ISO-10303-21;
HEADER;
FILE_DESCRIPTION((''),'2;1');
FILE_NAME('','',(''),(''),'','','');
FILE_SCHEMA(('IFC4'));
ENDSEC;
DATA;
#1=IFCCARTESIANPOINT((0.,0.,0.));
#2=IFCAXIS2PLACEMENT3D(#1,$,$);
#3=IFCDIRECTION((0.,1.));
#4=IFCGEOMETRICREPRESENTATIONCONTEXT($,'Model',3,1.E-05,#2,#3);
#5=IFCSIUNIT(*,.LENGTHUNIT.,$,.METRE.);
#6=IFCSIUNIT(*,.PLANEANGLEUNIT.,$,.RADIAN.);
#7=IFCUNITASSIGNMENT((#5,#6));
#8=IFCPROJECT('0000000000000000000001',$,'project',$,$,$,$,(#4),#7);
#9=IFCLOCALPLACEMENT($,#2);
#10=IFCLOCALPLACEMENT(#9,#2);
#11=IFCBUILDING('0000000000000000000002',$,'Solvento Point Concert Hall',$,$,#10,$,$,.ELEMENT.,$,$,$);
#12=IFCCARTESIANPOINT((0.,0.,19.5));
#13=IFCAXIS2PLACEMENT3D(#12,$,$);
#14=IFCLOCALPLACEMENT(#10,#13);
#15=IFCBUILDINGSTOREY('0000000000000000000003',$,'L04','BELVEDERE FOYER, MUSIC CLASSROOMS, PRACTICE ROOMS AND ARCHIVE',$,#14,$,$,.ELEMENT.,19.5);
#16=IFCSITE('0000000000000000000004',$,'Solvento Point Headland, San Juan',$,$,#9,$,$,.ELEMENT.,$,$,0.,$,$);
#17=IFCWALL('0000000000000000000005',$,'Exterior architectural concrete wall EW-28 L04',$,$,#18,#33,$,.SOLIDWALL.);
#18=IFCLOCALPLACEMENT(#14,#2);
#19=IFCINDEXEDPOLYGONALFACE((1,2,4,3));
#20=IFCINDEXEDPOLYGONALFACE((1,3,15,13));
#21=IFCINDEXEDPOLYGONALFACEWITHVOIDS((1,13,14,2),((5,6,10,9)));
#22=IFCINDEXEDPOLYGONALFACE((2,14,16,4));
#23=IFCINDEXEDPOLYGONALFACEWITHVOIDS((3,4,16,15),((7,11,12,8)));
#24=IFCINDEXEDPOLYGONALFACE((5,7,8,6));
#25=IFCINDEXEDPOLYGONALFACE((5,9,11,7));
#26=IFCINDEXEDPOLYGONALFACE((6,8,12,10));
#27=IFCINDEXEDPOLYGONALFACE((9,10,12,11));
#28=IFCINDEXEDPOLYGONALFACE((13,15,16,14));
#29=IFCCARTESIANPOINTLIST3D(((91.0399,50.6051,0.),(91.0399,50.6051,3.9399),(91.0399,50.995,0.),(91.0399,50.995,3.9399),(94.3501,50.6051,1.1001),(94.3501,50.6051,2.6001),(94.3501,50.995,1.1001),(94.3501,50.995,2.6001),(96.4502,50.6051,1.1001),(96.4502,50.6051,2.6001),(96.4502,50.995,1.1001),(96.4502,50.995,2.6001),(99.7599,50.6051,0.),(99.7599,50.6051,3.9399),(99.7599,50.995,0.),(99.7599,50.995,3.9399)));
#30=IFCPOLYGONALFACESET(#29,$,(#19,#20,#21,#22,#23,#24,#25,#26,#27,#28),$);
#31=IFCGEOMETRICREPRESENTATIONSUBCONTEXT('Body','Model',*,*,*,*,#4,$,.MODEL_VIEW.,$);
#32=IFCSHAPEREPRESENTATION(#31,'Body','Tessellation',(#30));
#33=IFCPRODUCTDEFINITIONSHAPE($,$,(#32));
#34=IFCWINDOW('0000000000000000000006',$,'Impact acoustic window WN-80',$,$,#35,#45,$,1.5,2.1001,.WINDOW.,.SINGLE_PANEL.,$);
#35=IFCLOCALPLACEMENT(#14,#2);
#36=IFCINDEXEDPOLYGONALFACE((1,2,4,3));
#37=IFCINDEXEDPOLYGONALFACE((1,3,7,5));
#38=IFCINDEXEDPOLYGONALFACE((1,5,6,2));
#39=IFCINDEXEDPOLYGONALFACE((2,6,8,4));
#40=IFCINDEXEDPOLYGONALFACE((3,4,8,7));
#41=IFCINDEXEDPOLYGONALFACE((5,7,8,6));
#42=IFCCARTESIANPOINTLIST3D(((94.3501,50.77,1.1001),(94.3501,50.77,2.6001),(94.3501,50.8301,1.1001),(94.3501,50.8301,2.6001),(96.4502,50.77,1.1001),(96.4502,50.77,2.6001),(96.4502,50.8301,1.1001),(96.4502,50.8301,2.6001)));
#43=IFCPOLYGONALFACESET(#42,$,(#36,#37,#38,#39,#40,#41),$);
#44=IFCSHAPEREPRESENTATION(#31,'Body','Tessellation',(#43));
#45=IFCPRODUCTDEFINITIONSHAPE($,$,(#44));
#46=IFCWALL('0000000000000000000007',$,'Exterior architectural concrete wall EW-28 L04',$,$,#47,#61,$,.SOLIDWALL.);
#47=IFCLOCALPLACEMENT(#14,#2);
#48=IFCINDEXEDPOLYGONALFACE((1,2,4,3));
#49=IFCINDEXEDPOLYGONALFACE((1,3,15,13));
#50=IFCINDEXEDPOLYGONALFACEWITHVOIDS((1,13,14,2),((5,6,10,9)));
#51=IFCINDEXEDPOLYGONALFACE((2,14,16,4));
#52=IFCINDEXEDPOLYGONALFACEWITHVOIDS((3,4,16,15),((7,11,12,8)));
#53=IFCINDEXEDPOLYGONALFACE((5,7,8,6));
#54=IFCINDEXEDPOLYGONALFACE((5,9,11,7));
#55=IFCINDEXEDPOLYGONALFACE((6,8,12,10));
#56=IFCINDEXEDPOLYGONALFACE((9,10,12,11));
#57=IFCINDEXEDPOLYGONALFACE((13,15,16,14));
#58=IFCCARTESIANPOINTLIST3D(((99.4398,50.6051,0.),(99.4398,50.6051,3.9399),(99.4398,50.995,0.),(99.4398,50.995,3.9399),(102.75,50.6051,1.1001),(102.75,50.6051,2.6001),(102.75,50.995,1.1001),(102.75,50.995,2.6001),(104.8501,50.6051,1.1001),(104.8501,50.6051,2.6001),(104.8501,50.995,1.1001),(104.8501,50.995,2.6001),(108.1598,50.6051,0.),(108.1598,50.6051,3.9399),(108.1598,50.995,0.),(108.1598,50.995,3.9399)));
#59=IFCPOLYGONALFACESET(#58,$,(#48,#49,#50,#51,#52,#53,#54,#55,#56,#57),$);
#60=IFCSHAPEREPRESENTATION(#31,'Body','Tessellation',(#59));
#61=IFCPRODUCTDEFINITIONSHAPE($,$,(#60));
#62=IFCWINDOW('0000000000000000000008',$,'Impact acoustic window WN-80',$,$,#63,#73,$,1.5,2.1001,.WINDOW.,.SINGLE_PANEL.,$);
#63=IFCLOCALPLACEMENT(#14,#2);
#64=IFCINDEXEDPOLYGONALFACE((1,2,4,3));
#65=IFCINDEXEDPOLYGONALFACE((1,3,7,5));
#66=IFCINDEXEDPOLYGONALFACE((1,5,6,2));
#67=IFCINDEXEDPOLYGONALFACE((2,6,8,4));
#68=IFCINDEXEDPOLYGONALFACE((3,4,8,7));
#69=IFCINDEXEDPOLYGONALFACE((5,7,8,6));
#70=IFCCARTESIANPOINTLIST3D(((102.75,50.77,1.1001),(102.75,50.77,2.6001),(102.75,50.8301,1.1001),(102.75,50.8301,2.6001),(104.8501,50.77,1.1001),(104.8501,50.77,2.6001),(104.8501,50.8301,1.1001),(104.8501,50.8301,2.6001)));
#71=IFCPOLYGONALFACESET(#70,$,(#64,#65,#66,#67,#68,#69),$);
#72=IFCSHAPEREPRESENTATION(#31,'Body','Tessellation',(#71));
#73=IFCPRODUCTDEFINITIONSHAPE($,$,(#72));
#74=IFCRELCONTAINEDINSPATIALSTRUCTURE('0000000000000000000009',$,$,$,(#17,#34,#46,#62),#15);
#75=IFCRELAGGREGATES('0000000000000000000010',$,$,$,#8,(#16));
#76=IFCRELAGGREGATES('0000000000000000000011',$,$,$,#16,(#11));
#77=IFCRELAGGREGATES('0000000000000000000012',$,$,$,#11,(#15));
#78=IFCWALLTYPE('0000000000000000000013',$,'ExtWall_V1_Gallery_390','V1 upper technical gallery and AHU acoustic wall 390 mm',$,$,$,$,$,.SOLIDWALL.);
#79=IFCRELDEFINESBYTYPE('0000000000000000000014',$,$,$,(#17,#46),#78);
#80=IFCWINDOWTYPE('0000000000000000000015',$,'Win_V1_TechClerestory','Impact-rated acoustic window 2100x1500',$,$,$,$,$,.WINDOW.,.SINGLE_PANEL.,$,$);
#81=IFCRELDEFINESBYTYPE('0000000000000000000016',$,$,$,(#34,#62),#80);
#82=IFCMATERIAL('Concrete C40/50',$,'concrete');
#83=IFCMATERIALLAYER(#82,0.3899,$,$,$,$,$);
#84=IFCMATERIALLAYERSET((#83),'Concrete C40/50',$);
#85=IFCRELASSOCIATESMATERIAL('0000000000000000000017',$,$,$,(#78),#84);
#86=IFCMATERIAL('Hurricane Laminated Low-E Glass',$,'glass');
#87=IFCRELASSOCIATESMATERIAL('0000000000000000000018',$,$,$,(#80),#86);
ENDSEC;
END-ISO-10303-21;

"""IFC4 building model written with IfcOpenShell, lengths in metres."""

from ifc_helpers import new_model, si_unit, direction, frame, frame_2d, origin, place, context, subcontext, project, spatial, rectangle, extrude, material, layer, layer_set, type_object, element, fill, save


model = new_model("IFC4")

# Units and contexts
model_context = context("Model", 3, precision=1e-05, world=origin(), true_north=direction((0.0, 1.0)))
body_context = subcontext(model_context, "Body", "Model", "MODEL_VIEW")
ifc_project = project(units=[si_unit("LENGTHUNIT", "METRE"), si_unit("PLANEANGLEUNIT", "RADIAN")], contexts=[model_context])

# Site, building, storey
site_placement = place(None, origin())
site = spatial("IfcSite", under=ifc_project, at=site_placement, Name="Solvento Point Headland, San Juan", CompositionType="ELEMENT", RefElevation=0.0)
building_placement = place(site_placement, origin())
building = spatial("IfcBuilding", under=site, at=building_placement, Name="Solvento Point Concert Hall", CompositionType="ELEMENT")
storey_placement = place(building_placement, frame((0.0, 0.0, 19.5)))
storey = spatial("IfcBuildingStorey", under=building, at=storey_placement, Name="L04", Description="BELVEDERE FOYER, MUSIC CLASSROOMS, PRACTICE ROOMS AND ARCHIVE", CompositionType="ELEMENT", Elevation=19.5)

# Walls, openings, windows
ifc_material_1 = material(Name="Concrete C40/50", Category="concrete")
ifc_layer_1 = layer(ifc_material_1, 0.3899)
ifc_layer_set_1 = layer_set([ifc_layer_1], Name="Concrete C40/50")
wall_type = type_object("IfcWallType", Name="ExtWall_V1_Gallery_390", Description="V1 upper technical gallery and AHU acoustic wall 390 mm", PredefinedType="SOLIDWALL", material=ifc_layer_set_1)
wall_1_placement = place(storey_placement, frame((91.04, 50.8, 0.0), z_axis=(0.0, 0.0, 1.0), x_axis=(1.0, 0.0, 0.0)))
wall_1 = element("IfcWall", 1, at=wall_1_placement, inside=storey, type_object=wall_type, Name="Exterior architectural concrete wall EW-28 L04", PredefinedType="SOLIDWALL", context=body_context, shape_type="SweptSolid", body=[
    extrude(rectangle(XDim=8.72, YDim=0.3899, at=frame_2d((4.3599, 0.0))), origin(), (0.0, 0.0, 1.0), 3.9399),
])
opening_1_placement = place(wall_1_placement, frame((3.3101, 0.0, 1.1001)))
opening_1 = element("IfcOpeningElement", 2, at=opening_1_placement, cuts=wall_1, PredefinedType="OPENING", context=body_context, shape_type="SweptSolid", body=[
    extrude(rectangle(XDim=2.1001, YDim=1.5, at=frame_2d((1.05, 0.75))), frame((0.0, 0.2048, 0.0), z_axis=(0.0, -1.0, 0.0), x_axis=(1.0, 0.0, 0.0)), (0.0, 0.0, 1.0), 0.4099),
])
ifc_material_2 = material(Name="Hurricane Laminated Low-E Glass", Category="glass")
window_type = type_object("IfcWindowType", Name="Win_V1_TechClerestory", Description="Impact-rated acoustic window 2100x1500", PartitioningType="SINGLE_PANEL", PredefinedType="WINDOW", material=ifc_material_2)
window_1_placement = place(opening_1_placement, origin())
window_1 = element("IfcWindow", 3, at=window_1_placement, inside=storey, type_object=window_type, Name="Impact acoustic window WN-80", OverallHeight=1.5, OverallWidth=2.1001, PartitioningType="SINGLE_PANEL", PredefinedType="WINDOW", context=body_context, shape_type="SweptSolid", body=[
    extrude(rectangle(XDim=2.1001, YDim=1.5, at=frame_2d((1.05, 0.75))), frame((0.0, 0.03, 0.0), z_axis=(0.0, -1.0, 0.0), x_axis=(1.0, 0.0, 0.0)), (0.0, 0.0, 1.0), 0.0601),
])
fill(opening_1, window_1)
wall_2_placement = place(storey_placement, frame((99.4399, 50.8, 0.0), z_axis=(0.0, 0.0, 1.0), x_axis=(1.0, 0.0, 0.0)))
wall_2 = element("IfcWall", 4, at=wall_2_placement, inside=storey, type_object=wall_type, Name="Exterior architectural concrete wall EW-28 L04", PredefinedType="SOLIDWALL", context=body_context, shape_type="SweptSolid", body=[
    extrude(rectangle(XDim=8.72, YDim=0.3899, at=frame_2d((4.3599, 0.0))), origin(), (0.0, 0.0, 1.0), 3.9399),
])
opening_2_placement = place(wall_2_placement, frame((3.3101, 0.0, 1.1001)))
opening_2 = element("IfcOpeningElement", 5, at=opening_2_placement, cuts=wall_2, PredefinedType="OPENING", context=body_context, shape_type="SweptSolid", body=[
    extrude(rectangle(XDim=2.1001, YDim=1.5, at=frame_2d((1.05, 0.75))), frame((0.0, 0.2048, 0.0), z_axis=(0.0, -1.0, 0.0), x_axis=(1.0, 0.0, 0.0)), (0.0, 0.0, 1.0), 0.4099),
])
window_2_placement = place(opening_2_placement, origin())
window_2 = element("IfcWindow", 6, at=window_2_placement, inside=storey, type_object=window_type, Name="Impact acoustic window WN-80", OverallHeight=1.5, OverallWidth=2.1001, PartitioningType="SINGLE_PANEL", PredefinedType="WINDOW", context=body_context, shape_type="SweptSolid", body=[
    extrude(rectangle(XDim=2.1001, YDim=1.5, at=frame_2d((1.05, 0.75))), frame((0.0, 0.03, 0.0), z_axis=(0.0, -1.0, 0.0), x_axis=(1.0, 0.0, 0.0)), (0.0, 0.0, 1.0), 0.0601),
])
fill(opening_2, window_2)

save(model, "model.ifc")
